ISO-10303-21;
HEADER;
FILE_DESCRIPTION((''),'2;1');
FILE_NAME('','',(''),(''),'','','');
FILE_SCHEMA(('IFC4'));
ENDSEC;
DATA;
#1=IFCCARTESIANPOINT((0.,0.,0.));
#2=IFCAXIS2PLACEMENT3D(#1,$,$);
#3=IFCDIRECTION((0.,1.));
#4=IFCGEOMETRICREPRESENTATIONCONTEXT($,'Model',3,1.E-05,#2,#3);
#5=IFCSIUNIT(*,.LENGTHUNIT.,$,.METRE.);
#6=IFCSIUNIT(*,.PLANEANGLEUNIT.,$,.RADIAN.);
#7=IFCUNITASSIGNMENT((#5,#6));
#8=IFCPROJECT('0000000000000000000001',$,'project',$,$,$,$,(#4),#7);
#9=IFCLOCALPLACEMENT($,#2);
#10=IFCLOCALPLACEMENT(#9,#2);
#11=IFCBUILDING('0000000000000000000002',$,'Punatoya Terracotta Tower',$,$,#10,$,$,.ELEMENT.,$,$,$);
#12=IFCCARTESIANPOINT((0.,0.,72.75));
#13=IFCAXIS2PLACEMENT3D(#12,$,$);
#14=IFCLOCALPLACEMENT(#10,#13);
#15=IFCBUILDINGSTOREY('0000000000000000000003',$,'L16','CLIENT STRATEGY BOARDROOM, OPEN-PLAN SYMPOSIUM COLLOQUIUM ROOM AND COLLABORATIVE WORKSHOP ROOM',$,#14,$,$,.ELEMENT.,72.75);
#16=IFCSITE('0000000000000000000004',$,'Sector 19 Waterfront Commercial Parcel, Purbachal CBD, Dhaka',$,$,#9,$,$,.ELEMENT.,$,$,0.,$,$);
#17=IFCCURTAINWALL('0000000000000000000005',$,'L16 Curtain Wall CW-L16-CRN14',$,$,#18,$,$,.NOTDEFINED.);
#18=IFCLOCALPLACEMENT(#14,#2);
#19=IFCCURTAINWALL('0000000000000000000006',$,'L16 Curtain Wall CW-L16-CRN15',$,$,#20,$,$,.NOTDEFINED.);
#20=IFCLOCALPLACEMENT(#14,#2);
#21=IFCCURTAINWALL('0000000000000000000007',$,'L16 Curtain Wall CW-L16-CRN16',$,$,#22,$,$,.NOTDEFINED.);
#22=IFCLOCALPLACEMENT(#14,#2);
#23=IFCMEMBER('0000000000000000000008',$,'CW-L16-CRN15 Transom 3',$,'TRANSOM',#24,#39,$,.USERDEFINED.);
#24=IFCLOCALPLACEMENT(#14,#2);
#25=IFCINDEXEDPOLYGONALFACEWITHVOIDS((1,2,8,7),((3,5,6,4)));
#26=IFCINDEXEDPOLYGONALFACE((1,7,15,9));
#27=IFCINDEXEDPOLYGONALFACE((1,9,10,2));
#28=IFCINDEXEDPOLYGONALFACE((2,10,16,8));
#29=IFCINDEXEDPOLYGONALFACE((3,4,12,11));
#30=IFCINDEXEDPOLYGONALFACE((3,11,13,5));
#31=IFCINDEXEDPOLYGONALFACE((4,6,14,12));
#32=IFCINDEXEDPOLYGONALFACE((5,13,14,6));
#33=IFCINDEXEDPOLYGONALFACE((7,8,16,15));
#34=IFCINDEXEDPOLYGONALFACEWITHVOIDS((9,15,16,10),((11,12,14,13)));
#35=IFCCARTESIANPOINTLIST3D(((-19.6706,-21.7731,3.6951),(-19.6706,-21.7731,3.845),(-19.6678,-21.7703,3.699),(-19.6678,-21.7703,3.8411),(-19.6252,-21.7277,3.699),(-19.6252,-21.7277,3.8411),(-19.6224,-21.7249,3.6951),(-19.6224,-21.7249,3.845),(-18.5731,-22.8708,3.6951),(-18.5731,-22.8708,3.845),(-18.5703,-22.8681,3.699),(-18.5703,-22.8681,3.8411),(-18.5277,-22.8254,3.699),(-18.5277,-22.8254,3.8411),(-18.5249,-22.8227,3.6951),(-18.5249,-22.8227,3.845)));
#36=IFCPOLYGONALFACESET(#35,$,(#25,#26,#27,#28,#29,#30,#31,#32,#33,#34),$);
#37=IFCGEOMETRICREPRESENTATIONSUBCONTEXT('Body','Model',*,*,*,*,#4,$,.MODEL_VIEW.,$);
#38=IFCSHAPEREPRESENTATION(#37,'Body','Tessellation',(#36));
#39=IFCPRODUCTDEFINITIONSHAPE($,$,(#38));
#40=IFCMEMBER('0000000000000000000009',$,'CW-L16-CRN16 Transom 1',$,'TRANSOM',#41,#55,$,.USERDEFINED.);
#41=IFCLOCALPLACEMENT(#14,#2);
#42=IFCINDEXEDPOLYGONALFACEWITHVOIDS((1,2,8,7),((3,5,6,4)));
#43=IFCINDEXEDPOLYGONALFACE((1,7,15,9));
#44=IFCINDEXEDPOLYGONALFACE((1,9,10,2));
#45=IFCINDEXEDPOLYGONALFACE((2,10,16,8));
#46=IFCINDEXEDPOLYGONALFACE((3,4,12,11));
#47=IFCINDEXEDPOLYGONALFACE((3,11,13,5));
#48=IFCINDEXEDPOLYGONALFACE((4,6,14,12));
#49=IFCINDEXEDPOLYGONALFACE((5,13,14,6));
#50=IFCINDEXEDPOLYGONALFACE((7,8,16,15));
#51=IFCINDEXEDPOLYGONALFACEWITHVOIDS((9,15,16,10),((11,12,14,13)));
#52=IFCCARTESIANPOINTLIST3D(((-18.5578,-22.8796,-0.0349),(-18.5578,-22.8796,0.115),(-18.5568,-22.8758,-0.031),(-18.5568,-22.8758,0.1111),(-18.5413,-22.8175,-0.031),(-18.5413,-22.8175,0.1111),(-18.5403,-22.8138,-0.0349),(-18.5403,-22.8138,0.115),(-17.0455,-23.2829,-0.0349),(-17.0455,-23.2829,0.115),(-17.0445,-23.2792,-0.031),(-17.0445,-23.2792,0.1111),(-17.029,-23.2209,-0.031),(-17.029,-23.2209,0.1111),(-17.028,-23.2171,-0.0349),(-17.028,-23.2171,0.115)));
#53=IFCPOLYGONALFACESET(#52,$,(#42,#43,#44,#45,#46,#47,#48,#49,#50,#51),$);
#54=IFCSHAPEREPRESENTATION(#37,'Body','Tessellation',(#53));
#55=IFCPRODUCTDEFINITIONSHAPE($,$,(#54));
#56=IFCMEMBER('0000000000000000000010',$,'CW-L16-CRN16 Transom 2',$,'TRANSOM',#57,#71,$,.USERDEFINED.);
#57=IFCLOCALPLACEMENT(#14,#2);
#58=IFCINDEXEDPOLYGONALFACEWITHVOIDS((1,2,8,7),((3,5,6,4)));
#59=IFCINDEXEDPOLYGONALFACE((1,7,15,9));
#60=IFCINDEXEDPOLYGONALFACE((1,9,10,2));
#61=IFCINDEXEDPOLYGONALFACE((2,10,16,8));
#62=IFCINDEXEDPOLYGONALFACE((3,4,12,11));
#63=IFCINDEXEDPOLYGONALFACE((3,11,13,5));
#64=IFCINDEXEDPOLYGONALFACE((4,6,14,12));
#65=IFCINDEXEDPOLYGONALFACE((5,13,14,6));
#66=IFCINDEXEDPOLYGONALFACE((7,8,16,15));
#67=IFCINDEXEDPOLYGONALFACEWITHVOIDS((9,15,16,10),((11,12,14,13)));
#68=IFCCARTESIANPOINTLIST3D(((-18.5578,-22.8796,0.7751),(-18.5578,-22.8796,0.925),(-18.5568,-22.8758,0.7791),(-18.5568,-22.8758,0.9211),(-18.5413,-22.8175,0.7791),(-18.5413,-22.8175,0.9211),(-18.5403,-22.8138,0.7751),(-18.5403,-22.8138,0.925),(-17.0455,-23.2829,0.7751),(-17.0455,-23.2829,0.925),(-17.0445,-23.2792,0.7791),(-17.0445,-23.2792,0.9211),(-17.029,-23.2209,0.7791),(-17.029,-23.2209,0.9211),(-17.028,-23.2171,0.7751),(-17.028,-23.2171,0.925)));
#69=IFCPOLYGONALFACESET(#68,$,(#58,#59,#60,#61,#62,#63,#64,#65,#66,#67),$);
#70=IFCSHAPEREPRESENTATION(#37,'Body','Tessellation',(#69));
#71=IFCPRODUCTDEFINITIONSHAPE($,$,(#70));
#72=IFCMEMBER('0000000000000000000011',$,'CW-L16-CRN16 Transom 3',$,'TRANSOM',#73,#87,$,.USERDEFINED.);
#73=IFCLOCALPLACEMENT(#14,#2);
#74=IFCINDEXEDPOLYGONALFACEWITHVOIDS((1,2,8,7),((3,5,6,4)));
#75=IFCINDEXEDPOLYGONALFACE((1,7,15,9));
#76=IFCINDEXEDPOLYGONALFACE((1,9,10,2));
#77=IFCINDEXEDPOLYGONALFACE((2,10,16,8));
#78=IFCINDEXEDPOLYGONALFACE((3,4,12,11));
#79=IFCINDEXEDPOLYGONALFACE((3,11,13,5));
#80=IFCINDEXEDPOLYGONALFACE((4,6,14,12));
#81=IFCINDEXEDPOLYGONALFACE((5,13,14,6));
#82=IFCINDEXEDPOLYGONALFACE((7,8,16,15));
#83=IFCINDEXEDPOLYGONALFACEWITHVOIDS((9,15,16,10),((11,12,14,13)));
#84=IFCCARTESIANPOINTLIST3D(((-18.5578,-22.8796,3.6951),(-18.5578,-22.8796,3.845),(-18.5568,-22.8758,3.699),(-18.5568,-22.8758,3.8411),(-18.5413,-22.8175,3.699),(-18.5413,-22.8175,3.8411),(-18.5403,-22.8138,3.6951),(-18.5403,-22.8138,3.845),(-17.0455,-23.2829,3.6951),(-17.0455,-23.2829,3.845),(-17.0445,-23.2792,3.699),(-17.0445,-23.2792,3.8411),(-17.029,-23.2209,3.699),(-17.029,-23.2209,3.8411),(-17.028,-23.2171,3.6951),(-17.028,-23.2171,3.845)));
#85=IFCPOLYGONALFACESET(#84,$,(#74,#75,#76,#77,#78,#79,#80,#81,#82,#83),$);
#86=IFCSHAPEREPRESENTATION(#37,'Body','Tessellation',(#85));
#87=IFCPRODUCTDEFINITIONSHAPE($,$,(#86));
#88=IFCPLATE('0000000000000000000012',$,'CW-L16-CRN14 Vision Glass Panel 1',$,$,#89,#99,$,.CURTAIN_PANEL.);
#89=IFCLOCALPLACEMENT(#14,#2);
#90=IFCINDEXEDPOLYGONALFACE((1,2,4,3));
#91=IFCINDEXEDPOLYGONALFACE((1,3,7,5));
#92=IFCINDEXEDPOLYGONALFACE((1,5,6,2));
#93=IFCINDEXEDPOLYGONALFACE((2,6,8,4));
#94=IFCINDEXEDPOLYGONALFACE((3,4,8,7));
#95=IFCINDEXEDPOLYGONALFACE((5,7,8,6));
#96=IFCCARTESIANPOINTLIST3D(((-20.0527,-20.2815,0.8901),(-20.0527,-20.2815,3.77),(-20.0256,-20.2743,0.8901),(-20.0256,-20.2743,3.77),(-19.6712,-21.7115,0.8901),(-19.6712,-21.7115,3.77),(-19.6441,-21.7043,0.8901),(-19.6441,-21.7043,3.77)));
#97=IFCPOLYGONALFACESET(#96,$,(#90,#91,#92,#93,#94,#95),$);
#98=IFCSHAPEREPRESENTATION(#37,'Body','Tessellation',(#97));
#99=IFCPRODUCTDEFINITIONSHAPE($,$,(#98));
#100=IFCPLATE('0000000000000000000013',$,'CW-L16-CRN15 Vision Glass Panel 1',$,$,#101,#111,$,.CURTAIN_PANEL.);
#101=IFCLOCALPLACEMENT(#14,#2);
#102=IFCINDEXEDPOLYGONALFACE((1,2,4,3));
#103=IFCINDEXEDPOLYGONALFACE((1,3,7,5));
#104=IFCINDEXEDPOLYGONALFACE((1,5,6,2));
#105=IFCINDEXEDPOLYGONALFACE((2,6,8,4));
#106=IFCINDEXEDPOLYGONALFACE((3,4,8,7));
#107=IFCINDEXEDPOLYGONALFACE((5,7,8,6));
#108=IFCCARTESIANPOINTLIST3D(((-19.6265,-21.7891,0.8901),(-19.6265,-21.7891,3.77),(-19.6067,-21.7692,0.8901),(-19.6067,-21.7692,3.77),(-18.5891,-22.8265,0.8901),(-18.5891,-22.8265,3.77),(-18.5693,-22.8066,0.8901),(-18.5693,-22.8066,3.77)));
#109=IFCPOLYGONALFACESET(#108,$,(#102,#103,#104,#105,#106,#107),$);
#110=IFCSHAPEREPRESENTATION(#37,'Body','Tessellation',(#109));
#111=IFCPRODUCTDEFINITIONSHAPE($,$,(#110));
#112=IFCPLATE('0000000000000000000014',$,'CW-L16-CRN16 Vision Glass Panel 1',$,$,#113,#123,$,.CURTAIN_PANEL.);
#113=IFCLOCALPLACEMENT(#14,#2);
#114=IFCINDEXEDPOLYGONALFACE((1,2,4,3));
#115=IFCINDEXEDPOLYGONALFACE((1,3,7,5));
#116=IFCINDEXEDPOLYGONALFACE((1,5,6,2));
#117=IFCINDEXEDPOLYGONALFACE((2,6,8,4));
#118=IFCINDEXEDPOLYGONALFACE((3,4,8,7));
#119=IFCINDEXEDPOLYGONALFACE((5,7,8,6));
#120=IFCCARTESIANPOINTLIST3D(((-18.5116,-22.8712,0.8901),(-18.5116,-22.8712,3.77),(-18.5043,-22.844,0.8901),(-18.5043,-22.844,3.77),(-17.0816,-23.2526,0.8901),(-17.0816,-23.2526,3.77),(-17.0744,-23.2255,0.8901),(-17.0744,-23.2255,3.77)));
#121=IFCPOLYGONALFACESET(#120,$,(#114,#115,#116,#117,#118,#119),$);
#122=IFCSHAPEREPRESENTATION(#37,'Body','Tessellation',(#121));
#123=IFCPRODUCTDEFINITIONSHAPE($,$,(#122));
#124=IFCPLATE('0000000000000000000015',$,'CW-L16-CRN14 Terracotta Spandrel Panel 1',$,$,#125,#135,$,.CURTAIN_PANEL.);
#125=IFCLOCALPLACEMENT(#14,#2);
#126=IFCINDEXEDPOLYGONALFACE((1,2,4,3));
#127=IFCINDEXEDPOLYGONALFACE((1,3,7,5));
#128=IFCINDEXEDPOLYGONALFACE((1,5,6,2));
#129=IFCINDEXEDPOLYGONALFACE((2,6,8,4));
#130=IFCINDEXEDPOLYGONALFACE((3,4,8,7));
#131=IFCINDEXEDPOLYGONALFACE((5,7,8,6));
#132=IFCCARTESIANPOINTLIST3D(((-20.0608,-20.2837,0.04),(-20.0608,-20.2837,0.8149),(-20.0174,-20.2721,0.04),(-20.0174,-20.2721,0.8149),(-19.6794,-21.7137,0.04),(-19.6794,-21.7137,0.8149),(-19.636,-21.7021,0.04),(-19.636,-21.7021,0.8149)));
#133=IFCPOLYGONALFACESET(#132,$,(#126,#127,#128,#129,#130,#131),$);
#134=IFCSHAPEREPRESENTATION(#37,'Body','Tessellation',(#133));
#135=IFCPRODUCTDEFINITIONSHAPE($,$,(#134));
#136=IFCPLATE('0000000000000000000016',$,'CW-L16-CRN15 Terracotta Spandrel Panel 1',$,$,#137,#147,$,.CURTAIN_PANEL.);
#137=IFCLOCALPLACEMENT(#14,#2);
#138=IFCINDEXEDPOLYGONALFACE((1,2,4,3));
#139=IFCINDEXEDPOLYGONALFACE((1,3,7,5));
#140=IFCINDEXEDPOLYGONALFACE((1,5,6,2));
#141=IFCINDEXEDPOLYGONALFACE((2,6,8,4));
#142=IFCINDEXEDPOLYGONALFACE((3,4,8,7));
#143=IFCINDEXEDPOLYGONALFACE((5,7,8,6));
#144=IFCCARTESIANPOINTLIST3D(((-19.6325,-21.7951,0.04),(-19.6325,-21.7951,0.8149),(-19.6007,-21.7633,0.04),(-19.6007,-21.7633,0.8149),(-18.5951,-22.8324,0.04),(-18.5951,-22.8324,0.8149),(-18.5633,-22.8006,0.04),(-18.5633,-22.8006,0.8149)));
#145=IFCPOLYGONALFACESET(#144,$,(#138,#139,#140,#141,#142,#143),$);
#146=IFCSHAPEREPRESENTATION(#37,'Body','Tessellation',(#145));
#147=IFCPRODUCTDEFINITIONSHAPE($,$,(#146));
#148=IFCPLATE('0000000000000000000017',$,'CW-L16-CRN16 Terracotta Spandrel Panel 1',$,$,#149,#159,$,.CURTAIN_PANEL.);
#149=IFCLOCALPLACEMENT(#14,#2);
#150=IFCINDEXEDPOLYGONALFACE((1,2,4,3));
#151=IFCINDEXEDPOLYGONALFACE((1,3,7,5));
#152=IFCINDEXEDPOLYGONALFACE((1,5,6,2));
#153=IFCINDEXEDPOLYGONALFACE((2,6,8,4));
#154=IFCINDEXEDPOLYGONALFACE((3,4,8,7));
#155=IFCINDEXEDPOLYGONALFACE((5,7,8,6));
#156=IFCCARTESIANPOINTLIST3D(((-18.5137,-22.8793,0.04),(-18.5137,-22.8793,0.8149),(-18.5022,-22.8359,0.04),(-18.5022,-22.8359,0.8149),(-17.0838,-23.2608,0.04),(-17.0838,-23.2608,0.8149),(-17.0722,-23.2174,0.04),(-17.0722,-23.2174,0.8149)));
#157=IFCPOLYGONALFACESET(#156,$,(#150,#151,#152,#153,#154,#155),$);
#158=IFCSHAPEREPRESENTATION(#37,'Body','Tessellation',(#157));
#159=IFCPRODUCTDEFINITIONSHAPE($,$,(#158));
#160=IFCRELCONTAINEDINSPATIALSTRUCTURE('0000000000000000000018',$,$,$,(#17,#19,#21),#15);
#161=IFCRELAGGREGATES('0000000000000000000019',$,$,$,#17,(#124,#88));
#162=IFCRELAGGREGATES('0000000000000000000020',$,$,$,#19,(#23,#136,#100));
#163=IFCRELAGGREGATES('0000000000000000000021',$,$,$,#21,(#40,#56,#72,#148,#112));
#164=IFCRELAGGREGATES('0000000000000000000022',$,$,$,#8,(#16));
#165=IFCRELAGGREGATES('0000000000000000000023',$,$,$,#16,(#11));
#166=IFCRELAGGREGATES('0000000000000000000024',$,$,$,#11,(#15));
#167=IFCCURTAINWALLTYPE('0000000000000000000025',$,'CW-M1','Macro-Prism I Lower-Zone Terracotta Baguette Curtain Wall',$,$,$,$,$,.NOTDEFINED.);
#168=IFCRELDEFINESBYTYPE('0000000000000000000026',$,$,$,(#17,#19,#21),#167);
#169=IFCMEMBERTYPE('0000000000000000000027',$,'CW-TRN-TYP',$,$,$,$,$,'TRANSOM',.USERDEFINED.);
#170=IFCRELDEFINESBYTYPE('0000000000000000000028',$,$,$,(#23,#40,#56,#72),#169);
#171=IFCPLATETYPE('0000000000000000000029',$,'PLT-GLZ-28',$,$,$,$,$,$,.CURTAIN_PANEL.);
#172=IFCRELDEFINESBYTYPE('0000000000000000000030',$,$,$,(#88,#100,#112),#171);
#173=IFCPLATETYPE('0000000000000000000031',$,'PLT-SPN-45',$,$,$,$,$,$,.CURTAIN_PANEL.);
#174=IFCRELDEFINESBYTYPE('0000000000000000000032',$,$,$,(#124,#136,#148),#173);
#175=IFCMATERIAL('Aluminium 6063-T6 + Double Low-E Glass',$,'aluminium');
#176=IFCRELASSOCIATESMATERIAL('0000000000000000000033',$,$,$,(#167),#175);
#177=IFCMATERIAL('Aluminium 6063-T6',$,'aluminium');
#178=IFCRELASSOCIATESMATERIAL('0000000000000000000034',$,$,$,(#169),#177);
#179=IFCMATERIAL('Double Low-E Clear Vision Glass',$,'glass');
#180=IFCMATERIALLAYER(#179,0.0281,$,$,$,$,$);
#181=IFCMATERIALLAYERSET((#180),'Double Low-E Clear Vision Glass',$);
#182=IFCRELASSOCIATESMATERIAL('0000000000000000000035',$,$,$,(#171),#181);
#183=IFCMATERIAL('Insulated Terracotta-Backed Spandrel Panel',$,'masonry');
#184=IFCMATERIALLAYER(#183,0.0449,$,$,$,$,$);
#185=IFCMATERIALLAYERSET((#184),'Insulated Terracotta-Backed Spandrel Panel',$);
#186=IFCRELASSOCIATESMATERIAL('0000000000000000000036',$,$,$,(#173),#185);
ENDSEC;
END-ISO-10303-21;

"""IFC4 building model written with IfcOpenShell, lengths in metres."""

from ifc_helpers import new_model, si_unit, direction, frame, origin, origin_2d, place, context, subcontext, project, spatial, rectangle, hollow_rectangle, extrude, material, layer, layer_set, material_profile, profile_set, type_object, element, aggregate, save


model = new_model("IFC4")

# Units and contexts
model_context = context("Model", 3, precision=1e-05, world=origin(), true_north=direction((0.0, 1.0)))
body_context = subcontext(model_context, "Body", "Model", "MODEL_VIEW")
ifc_project = project(units=[si_unit("LENGTHUNIT", "METRE"), si_unit("PLANEANGLEUNIT", "RADIAN")], contexts=[model_context])

# Site, building, storey
site_placement = place(None, origin())
site = spatial("IfcSite", under=ifc_project, at=site_placement, Name="Sector 19 Waterfront Commercial Parcel, Purbachal CBD, Dhaka", CompositionType="ELEMENT", RefElevation=0.0)
building_placement = place(site_placement, origin())
building = spatial("IfcBuilding", under=site, at=building_placement, Name="Punatoya Terracotta Tower", CompositionType="ELEMENT")
storey_placement = place(building_placement, frame((0.0, 0.0, 72.75)))
storey = spatial("IfcBuildingStorey", under=building, at=storey_placement, Name="L16", Description="CLIENT STRATEGY BOARDROOM, OPEN-PLAN SYMPOSIUM COLLOQUIUM ROOM AND COLLABORATIVE WORKSHOP ROOM", CompositionType="ELEMENT", Elevation=72.75)

# Curtain walls
ifc_material_1 = material(Name="Aluminium 6063-T6 + Double Low-E Glass", Category="aluminium")
curtain_wall_type = type_object("IfcCurtainWallType", Name="CW-M1", Description="Macro-Prism I Lower-Zone Terracotta Baguette Curtain Wall", PredefinedType="NOTDEFINED", material=ifc_material_1)
curtain_wall_1_placement = place(storey_placement, origin())
curtain_wall_1 = element("IfcCurtainWall", 1, at=curtain_wall_1_placement, inside=storey, type_object=curtain_wall_type, Name="L16 Curtain Wall CW-L16-CRN14", PredefinedType="NOTDEFINED")
ifc_material_2 = material(Name="Aluminium 6063-T6", Category="aluminium")
curtain_wall_2_placement = place(storey_placement, origin())
curtain_wall_2 = element("IfcCurtainWall", 2, at=curtain_wall_2_placement, inside=storey, type_object=curtain_wall_type, Name="L16 Curtain Wall CW-L16-CRN15", PredefinedType="NOTDEFINED")
curtain_wall_3_placement = place(storey_placement, origin())
curtain_wall_3 = element("IfcCurtainWall", 3, at=curtain_wall_3_placement, inside=storey, type_object=curtain_wall_type, Name="L16 Curtain Wall CW-L16-CRN16", PredefinedType="NOTDEFINED")
ifc_material_profile_1 = material_profile(ifc_material_2, hollow_rectangle(XDim=0.0681, YDim=0.1499, WallThickness=0.0039, at=origin_2d()))
ifc_profile_set_1 = profile_set([ifc_material_profile_1], Name="Aluminium 6063-T6")
member_type_1 = type_object("IfcMemberType", Name="CW-TRN-TYP", ElementType="TRANSOM", PredefinedType="USERDEFINED", material=ifc_profile_set_1)

# Members
member_1_placement = place(storey_placement, frame((-19.6465, -21.749, 3.77), z_axis=(0.707028, -0.707185, 0.0), x_axis=(0.707185, 0.707028, 0.0)))
member_1 = element("IfcMember", 4, at=member_1_placement, type_object=member_type_1, Name="CW-L16-CRN15 Transom 3", ObjectType="TRANSOM", PredefinedType="USERDEFINED", context=body_context, shape_type="SweptSolid", body=[
    extrude(hollow_rectangle(XDim=0.0681, YDim=0.1499, WallThickness=0.0039, at=origin_2d()), origin(), (0.0, 0.0, 1.0), 1.5522),
])
member_2_placement = place(storey_placement, frame((-18.5491, -22.8467, 0.04), z_axis=(0.966225, -0.257701, 0.0), x_axis=(0.257701, 0.966225, 0.0)))
member_2 = element("IfcMember", 5, at=member_2_placement, type_object=member_type_1, Name="CW-L16-CRN16 Transom 1", ObjectType="TRANSOM", PredefinedType="USERDEFINED", context=body_context, shape_type="SweptSolid", body=[
    extrude(hollow_rectangle(XDim=0.0681, YDim=0.1499, WallThickness=0.0039, at=origin_2d()), origin(), (0.0, 0.0, 1.0), 1.5652),
])
member_3_placement = place(storey_placement, frame((-18.5491, -22.8467, 0.8501), z_axis=(0.966225, -0.257701, 0.0), x_axis=(0.257701, 0.966225, 0.0)))
member_3 = element("IfcMember", 6, at=member_3_placement, type_object=member_type_1, Name="CW-L16-CRN16 Transom 2", ObjectType="TRANSOM", PredefinedType="USERDEFINED", context=body_context, shape_type="SweptSolid", body=[
    extrude(hollow_rectangle(XDim=0.0681, YDim=0.1499, WallThickness=0.0039, at=origin_2d()), origin(), (0.0, 0.0, 1.0), 1.5652),
])
member_4_placement = place(storey_placement, frame((-18.5491, -22.8467, 3.77), z_axis=(0.966225, -0.257701, 0.0), x_axis=(0.257701, 0.966225, 0.0)))
member_4 = element("IfcMember", 7, at=member_4_placement, type_object=member_type_1, Name="CW-L16-CRN16 Transom 3", ObjectType="TRANSOM", PredefinedType="USERDEFINED", context=body_context, shape_type="SweptSolid", body=[
    extrude(hollow_rectangle(XDim=0.0681, YDim=0.1499, WallThickness=0.0039, at=origin_2d()), origin(), (0.0, 0.0, 1.0), 1.5652),
])

# Plates
ifc_material_3 = material(Name="Double Low-E Clear Vision Glass", Category="glass")
ifc_layer_1 = layer(ifc_material_3, 0.0281)
ifc_layer_set_1 = layer_set([ifc_layer_1], Name="Double Low-E Clear Vision Glass")
plate_type_1 = type_object("IfcPlateType", Name="PLT-GLZ-28", PredefinedType="CURTAIN_PANEL", material=ifc_layer_set_1)
plate_1_placement = place(storey_placement, frame((-19.8484, -20.9929, 0.8901), z_axis=(0.0, 0.0, 1.0), x_axis=(0.257742, -0.966214, 0.0)))
plate_1 = element("IfcPlate", 8, at=plate_1_placement, type_object=plate_type_1, Name="CW-L16-CRN14 Vision Glass Panel 1", PredefinedType="CURTAIN_PANEL", context=body_context, shape_type="SweptSolid", body=[
    extrude(rectangle(XDim=1.48, YDim=0.0281, at=origin_2d()), origin(), (0.0, 0.0, 1.0), 2.8799),
])
plate_2_placement = place(storey_placement, frame((-19.0979, -22.2979, 0.8901), z_axis=(0.0, 0.0, 1.0), x_axis=(0.707107, -0.707107, 0.0)))
plate_2 = element("IfcPlate", 9, at=plate_2_placement, type_object=plate_type_1, Name="CW-L16-CRN15 Vision Glass Panel 1", PredefinedType="CURTAIN_PANEL", context=body_context, shape_type="SweptSolid", body=[
    extrude(rectangle(XDim=1.467, YDim=0.0281, at=origin_2d()), origin(), (0.0, 0.0, 1.0), 2.8799),
])
plate_3_placement = place(storey_placement, frame((-17.793, -23.0483, 0.8901), z_axis=(0.0, 0.0, 1.0), x_axis=(0.966214, -0.257742, 0.0)))
plate_3 = element("IfcPlate", 10, at=plate_3_placement, type_object=plate_type_1, Name="CW-L16-CRN16 Vision Glass Panel 1", PredefinedType="CURTAIN_PANEL", context=body_context, shape_type="SweptSolid", body=[
    extrude(rectangle(XDim=1.48, YDim=0.0281, at=origin_2d()), origin(), (0.0, 0.0, 1.0), 2.8799),
])
ifc_material_4 = material(Name="Insulated Terracotta-Backed Spandrel Panel", Category="masonry")
ifc_layer_2 = layer(ifc_material_4, 0.0449)
ifc_layer_set_2 = layer_set([ifc_layer_2], Name="Insulated Terracotta-Backed Spandrel Panel")
plate_type_2 = type_object("IfcPlateType", Name="PLT-SPN-45", PredefinedType="CURTAIN_PANEL", material=ifc_layer_set_2)
plate_4_placement = place(storey_placement, frame((-19.8484, -20.9929, 0.04), z_axis=(0.0, 0.0, 1.0), x_axis=(0.257742, -0.966214, 0.0)))
plate_4 = element("IfcPlate", 11, at=plate_4_placement, type_object=plate_type_2, Name="CW-L16-CRN14 Terracotta Spandrel Panel 1", PredefinedType="CURTAIN_PANEL", context=body_context, shape_type="SweptSolid", body=[
    extrude(rectangle(XDim=1.48, YDim=0.0449, at=origin_2d()), origin(), (0.0, 0.0, 1.0), 0.7749),
])
aggregate(curtain_wall_1, [plate_4, plate_1])
plate_5_placement = place(storey_placement, frame((-19.0979, -22.2979, 0.04), z_axis=(0.0, 0.0, 1.0), x_axis=(0.707107, -0.707107, 0.0)))
plate_5 = element("IfcPlate", 12, at=plate_5_placement, type_object=plate_type_2, Name="CW-L16-CRN15 Terracotta Spandrel Panel 1", PredefinedType="CURTAIN_PANEL", context=body_context, shape_type="SweptSolid", body=[
    extrude(rectangle(XDim=1.467, YDim=0.0449, at=origin_2d()), origin(), (0.0, 0.0, 1.0), 0.7749),
])
aggregate(curtain_wall_2, [member_1, plate_5, plate_2])
plate_6_placement = place(storey_placement, frame((-17.793, -23.0483, 0.04), z_axis=(0.0, 0.0, 1.0), x_axis=(0.966214, -0.257742, 0.0)))
plate_6 = element("IfcPlate", 13, at=plate_6_placement, type_object=plate_type_2, Name="CW-L16-CRN16 Terracotta Spandrel Panel 1", PredefinedType="CURTAIN_PANEL", context=body_context, shape_type="SweptSolid", body=[
    extrude(rectangle(XDim=1.48, YDim=0.0449, at=origin_2d()), origin(), (0.0, 0.0, 1.0), 0.7749),
])
aggregate(curtain_wall_3, [member_2, member_3, member_4, plate_6, plate_3])

save(model, "model.ifc")
